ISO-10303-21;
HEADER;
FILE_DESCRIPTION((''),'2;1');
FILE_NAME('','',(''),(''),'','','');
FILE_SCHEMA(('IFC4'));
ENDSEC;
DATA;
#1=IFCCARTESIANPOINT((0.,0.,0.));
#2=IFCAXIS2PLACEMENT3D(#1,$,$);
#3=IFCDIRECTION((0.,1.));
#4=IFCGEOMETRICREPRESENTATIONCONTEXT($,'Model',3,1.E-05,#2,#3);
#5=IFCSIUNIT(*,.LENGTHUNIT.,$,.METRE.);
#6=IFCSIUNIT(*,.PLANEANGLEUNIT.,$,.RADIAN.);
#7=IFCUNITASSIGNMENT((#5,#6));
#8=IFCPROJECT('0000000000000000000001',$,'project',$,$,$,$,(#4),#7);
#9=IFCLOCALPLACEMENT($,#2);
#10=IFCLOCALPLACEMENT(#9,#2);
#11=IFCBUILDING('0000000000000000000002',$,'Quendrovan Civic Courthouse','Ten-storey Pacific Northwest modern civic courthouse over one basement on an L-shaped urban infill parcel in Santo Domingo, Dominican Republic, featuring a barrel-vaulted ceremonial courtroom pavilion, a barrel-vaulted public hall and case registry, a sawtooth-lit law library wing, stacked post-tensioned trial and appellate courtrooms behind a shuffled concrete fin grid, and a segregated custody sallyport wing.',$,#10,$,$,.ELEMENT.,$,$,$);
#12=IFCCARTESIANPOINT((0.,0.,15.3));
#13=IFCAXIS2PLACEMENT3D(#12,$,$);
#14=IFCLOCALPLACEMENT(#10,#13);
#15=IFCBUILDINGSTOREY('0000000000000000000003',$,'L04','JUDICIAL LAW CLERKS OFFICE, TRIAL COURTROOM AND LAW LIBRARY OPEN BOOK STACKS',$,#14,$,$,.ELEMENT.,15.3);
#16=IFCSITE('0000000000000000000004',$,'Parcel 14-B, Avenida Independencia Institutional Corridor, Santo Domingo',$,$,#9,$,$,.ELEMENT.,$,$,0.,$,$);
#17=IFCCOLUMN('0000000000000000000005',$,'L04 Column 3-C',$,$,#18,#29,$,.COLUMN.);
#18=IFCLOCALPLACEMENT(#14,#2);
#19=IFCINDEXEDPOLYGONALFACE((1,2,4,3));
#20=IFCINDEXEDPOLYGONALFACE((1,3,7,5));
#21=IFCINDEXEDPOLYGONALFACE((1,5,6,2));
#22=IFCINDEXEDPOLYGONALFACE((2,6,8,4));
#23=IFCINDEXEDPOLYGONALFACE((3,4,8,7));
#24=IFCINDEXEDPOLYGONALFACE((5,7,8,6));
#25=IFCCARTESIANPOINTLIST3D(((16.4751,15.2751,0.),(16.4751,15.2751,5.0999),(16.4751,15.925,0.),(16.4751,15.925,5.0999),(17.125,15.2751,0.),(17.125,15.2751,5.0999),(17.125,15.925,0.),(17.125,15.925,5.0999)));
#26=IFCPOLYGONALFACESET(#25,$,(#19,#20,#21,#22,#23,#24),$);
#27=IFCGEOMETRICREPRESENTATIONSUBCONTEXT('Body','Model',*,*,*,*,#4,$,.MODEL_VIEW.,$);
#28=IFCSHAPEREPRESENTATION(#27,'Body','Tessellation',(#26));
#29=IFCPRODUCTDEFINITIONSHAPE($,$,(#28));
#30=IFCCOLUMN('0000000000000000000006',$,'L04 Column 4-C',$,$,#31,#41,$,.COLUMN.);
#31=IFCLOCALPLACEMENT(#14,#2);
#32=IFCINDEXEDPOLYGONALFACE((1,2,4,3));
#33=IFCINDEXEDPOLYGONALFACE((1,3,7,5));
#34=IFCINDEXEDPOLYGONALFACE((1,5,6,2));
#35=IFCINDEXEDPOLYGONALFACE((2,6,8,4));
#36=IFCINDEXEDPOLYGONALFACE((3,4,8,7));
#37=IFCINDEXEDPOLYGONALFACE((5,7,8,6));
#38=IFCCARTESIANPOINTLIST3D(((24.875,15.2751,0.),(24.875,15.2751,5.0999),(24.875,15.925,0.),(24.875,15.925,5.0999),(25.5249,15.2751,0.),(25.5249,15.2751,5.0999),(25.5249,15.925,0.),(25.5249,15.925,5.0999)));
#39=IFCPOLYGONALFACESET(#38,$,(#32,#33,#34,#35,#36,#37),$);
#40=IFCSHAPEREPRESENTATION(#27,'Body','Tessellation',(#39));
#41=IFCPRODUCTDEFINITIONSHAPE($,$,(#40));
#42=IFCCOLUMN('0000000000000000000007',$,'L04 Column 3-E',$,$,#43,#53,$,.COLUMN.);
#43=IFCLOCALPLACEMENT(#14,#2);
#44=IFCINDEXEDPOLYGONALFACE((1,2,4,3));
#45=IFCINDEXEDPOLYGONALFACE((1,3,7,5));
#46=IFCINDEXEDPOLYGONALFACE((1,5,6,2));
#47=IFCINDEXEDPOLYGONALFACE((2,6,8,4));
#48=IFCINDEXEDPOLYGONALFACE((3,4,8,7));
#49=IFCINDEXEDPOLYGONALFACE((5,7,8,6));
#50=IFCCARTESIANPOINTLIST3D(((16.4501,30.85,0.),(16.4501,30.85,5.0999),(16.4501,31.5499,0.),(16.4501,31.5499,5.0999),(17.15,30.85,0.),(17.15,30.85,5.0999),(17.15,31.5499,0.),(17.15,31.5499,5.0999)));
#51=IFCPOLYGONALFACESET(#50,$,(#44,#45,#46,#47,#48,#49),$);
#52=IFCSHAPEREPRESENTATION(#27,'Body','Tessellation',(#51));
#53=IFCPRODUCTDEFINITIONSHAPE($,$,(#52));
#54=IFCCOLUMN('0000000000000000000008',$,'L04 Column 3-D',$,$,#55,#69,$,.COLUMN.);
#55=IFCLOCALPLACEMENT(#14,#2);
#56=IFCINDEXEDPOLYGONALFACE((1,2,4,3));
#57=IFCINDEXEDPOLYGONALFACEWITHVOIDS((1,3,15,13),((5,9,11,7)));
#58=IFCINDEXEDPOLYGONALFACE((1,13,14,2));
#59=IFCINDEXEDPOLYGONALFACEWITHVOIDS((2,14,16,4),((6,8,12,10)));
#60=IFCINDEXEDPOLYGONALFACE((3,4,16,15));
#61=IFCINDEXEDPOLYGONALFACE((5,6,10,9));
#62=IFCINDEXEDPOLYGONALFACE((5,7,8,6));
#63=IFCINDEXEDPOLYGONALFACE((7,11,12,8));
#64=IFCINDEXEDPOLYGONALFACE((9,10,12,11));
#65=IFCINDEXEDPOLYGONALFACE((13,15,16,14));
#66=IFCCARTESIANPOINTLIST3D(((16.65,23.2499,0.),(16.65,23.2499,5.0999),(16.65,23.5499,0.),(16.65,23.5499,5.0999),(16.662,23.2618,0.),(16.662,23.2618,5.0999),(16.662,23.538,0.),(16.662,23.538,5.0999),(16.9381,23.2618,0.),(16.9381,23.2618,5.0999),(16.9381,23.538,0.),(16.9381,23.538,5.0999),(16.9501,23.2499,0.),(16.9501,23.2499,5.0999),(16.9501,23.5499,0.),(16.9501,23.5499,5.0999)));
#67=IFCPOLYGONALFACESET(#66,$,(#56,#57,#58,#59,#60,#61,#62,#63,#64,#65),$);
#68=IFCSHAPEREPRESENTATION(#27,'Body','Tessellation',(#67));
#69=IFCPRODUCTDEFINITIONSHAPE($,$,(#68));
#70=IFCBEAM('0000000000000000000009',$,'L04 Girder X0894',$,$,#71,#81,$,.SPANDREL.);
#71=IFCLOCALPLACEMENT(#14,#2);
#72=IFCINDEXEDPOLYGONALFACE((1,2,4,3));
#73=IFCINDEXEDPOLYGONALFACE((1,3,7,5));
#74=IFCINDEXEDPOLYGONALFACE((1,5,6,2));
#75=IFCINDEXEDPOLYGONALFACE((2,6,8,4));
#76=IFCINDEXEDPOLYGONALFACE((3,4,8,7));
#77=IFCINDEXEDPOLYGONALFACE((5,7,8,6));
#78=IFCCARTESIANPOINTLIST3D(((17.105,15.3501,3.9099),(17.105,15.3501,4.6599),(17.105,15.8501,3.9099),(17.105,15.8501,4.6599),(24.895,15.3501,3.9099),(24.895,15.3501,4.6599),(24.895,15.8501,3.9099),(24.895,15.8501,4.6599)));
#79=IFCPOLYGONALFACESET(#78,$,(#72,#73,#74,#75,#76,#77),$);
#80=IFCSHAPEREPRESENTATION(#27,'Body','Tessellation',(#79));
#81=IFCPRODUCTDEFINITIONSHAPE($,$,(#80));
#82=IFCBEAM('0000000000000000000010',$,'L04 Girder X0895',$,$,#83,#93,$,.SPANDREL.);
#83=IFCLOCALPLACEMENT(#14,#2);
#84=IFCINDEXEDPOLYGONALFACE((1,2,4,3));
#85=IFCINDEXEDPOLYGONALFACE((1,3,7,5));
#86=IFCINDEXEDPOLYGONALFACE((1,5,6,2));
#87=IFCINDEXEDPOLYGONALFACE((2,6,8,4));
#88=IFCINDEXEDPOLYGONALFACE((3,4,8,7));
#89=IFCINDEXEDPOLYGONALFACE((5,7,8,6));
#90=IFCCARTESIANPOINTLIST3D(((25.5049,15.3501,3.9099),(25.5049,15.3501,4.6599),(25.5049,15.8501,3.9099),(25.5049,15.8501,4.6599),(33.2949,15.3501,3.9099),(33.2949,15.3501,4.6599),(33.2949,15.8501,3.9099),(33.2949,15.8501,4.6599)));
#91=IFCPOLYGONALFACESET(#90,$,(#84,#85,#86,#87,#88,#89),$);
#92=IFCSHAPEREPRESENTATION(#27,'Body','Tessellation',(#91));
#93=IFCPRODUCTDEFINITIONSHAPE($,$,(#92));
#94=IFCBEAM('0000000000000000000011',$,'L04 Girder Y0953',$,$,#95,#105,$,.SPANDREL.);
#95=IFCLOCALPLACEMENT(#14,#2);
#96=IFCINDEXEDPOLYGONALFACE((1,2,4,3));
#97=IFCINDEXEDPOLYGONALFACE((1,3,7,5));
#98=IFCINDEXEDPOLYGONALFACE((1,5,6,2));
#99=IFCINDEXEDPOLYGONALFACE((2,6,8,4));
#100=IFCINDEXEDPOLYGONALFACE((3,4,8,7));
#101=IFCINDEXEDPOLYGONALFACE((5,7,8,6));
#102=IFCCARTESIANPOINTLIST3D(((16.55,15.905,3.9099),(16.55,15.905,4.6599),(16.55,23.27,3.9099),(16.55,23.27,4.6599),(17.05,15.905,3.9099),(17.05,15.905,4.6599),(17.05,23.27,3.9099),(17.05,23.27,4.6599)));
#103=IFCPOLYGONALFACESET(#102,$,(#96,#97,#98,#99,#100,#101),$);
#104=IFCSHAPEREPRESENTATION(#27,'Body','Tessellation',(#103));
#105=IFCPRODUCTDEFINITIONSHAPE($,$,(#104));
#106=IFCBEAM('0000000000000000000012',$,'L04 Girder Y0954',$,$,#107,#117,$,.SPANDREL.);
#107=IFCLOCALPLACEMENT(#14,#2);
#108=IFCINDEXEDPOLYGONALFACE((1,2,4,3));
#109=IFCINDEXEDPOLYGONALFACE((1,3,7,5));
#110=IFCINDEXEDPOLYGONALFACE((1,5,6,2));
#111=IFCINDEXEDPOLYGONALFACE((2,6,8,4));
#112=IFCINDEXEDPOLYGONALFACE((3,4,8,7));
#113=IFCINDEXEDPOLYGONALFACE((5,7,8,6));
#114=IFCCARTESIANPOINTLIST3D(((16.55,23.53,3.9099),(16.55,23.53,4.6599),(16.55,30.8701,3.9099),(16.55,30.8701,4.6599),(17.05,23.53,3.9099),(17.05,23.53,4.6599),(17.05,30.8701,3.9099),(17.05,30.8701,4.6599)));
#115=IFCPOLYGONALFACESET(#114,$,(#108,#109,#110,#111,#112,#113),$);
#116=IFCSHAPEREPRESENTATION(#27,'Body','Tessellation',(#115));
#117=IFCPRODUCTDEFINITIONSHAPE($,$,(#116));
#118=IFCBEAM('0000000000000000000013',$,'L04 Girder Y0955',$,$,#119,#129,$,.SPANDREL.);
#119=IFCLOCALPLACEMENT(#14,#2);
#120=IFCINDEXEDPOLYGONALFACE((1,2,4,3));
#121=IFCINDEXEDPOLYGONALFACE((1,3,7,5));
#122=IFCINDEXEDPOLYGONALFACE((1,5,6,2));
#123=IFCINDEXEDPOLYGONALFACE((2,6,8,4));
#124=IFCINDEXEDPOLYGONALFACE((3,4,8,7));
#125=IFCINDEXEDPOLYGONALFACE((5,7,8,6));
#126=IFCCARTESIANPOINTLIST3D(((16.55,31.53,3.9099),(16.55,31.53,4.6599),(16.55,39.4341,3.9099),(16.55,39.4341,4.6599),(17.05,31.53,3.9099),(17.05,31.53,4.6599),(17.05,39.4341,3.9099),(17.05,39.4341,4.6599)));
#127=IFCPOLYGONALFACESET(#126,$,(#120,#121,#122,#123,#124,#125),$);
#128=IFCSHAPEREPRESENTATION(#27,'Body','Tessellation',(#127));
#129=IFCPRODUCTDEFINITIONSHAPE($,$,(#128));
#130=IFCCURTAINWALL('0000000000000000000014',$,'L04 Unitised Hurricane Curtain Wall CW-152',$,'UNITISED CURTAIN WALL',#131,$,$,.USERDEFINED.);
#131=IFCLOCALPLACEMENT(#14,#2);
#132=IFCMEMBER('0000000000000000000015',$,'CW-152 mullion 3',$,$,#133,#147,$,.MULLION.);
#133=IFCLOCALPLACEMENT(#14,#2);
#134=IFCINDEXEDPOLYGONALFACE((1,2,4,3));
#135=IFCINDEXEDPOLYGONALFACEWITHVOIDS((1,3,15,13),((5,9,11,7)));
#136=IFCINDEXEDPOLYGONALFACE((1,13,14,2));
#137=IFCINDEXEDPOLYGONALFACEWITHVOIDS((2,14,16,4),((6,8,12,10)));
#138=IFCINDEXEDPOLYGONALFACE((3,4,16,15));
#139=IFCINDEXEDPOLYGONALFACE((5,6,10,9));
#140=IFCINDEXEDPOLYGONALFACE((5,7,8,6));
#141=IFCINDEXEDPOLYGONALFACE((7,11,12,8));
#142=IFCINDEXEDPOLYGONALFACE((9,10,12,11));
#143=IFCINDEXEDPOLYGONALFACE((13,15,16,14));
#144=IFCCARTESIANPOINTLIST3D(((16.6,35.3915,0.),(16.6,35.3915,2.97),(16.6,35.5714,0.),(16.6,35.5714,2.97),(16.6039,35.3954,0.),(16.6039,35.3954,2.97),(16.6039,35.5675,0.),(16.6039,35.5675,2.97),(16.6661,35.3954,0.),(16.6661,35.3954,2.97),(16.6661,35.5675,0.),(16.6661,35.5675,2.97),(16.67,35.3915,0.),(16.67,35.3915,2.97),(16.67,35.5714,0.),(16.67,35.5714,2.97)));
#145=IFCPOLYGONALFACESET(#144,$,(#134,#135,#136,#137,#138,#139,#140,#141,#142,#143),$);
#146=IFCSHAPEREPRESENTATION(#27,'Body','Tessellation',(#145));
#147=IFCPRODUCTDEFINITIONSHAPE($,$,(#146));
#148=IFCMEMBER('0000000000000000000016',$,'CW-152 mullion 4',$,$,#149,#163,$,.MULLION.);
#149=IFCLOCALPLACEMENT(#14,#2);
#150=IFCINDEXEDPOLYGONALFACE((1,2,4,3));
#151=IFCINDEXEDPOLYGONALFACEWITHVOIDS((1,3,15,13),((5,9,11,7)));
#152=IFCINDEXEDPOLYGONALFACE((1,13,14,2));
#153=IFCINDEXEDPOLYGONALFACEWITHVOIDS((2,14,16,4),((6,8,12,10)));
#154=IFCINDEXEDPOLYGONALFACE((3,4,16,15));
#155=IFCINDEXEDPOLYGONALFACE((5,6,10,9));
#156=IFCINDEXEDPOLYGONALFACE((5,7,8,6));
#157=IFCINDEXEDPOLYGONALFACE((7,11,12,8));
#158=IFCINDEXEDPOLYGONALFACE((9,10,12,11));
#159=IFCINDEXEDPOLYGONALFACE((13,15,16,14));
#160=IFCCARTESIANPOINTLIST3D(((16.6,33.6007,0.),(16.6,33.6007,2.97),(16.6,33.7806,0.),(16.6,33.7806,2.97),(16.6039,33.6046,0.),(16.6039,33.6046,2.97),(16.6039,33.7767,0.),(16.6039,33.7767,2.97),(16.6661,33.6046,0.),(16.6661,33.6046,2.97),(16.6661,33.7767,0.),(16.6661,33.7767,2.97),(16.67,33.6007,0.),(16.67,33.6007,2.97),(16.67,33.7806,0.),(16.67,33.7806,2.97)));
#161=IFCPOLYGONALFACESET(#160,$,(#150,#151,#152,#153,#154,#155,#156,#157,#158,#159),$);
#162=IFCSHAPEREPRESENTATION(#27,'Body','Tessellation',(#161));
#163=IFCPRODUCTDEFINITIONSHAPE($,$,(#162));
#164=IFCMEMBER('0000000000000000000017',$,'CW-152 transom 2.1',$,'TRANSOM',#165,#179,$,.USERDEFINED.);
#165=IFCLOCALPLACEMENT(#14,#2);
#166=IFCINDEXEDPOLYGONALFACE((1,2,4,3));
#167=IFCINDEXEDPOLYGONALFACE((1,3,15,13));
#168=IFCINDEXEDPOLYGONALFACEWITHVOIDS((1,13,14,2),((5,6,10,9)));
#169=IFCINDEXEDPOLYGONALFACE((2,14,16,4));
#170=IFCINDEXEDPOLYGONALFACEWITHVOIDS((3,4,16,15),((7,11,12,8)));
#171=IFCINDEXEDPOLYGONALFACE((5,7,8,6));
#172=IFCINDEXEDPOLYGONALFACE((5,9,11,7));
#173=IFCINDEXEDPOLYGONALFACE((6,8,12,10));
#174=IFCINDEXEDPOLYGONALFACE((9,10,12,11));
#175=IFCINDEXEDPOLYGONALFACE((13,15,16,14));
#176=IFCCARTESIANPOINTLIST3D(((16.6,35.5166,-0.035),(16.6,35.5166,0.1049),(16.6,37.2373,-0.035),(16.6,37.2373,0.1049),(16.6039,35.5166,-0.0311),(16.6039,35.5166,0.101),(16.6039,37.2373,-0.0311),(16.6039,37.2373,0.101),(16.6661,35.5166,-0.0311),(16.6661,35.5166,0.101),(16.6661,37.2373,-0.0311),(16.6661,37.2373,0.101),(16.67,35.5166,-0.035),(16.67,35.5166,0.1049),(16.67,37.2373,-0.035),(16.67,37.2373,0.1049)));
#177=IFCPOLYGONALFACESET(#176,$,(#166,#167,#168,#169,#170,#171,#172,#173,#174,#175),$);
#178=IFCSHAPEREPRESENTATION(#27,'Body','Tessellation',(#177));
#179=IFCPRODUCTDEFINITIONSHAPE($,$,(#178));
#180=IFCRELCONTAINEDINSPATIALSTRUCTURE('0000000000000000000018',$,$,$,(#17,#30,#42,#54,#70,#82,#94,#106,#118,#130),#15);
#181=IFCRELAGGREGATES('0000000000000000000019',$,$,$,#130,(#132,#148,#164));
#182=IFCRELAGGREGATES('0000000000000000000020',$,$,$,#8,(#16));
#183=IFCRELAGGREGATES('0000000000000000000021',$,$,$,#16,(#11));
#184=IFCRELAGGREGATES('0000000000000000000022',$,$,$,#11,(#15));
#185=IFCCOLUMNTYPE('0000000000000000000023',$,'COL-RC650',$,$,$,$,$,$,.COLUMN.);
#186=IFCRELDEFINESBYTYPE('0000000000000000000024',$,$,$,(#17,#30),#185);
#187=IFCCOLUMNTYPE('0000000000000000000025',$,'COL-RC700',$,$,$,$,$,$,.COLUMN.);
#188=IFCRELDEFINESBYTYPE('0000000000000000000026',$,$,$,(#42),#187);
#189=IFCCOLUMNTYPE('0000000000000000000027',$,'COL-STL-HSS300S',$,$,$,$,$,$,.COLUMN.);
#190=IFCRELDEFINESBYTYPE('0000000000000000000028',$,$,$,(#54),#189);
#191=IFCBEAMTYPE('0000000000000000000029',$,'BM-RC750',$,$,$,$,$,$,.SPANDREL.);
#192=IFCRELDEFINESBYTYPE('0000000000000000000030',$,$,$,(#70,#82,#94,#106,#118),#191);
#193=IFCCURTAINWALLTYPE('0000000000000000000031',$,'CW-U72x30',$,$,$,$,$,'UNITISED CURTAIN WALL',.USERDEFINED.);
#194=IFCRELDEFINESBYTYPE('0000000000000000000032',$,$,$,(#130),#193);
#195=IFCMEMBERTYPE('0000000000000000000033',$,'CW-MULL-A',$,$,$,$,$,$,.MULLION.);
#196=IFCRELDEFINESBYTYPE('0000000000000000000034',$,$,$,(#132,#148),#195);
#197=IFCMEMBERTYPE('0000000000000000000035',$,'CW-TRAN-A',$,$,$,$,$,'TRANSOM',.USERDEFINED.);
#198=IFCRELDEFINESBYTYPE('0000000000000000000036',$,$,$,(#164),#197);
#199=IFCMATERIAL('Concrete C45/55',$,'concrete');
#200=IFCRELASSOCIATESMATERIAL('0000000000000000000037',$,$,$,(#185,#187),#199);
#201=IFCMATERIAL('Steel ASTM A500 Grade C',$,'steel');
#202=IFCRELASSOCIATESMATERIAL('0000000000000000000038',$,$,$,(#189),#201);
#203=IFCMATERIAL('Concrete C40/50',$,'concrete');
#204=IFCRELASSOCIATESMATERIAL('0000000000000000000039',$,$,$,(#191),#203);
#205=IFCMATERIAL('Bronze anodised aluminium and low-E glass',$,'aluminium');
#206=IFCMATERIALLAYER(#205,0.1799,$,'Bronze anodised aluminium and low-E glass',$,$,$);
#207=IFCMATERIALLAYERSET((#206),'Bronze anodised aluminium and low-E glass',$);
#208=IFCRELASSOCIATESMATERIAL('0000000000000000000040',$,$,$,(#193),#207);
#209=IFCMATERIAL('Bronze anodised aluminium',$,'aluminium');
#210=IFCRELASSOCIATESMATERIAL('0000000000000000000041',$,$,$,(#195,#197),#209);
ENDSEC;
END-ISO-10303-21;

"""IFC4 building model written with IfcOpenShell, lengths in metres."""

from ifc_helpers import new_model, si_unit, direction, frame, origin, origin_2d, place, context, subcontext, project, spatial, rectangle, hollow_rectangle, extrude, material, layer, layer_set, material_profile, profile_set, type_object, element, aggregate, save


model = new_model("IFC4")

# Units and contexts
model_context = context("Model", 3, precision=1e-05, world=origin(), true_north=direction((0.0, 1.0)))
body_context = subcontext(model_context, "Body", "Model", "MODEL_VIEW")
ifc_project = project(units=[si_unit("LENGTHUNIT", "METRE"), si_unit("PLANEANGLEUNIT", "RADIAN")], contexts=[model_context])

# Site, building, storey
site_placement = place(None, origin())
site = spatial("IfcSite", under=ifc_project, at=site_placement, Name="Parcel 14-B, Avenida Independencia Institutional Corridor, Santo Domingo", CompositionType="ELEMENT", RefElevation=0.0)
building_placement = place(site_placement, origin())
building = spatial("IfcBuilding", under=site, at=building_placement, Name="Quendrovan Civic Courthouse", Description="Ten-storey Pacific Northwest modern civic courthouse over one basement on an L-shaped urban infill parcel in Santo Domingo, Dominican Republic, featuring a barrel-vaulted ceremonial courtroom pavilion, a barrel-vaulted public hall and case registry, a sawtooth-lit law library wing, stacked post-tensioned trial and appellate courtrooms behind a shuffled concrete fin grid, and a segregated custody sallyport wing.", CompositionType="ELEMENT")
storey_placement = place(building_placement, frame((0.0, 0.0, 15.3)))
storey = spatial("IfcBuildingStorey", under=building, at=storey_placement, Name="L04", Description="JUDICIAL LAW CLERKS OFFICE, TRIAL COURTROOM AND LAW LIBRARY OPEN BOOK STACKS", CompositionType="ELEMENT", Elevation=15.3)

# Columns
ifc_material_1 = material(Name="Concrete C45/55", Category="concrete")
ifc_material_profile_1 = material_profile(ifc_material_1, rectangle(XDim=0.6499, YDim=0.6499, at=origin_2d()), Name="RC-COL-650x650")
ifc_profile_set_1 = profile_set([ifc_material_profile_1], Name="Concrete C45/55")
column_type_1 = type_object("IfcColumnType", Name="COL-RC650", PredefinedType="COLUMN", material=ifc_profile_set_1)
for number, where, z_axis, x_axis, name in (
    (1, (16.8, 15.6001, 0.0), (0.0, 0.0, 1.0), (1.0, 0.0, 0.0), "L04 Column 3-C"),
    (2, (25.2, 15.6001, 0.0), (0.0, 0.0, 1.0), (1.0, 0.0, 0.0), "L04 Column 4-C"),
):
    element("IfcColumn", number, at=place(storey_placement, frame(where, z_axis=z_axis, x_axis=x_axis)), inside=storey, type_object=column_type_1, Name=name, PredefinedType="COLUMN", context=body_context, shape_type="SweptSolid", body=[
        extrude(rectangle(XDim=0.6499, YDim=0.6499, at=origin_2d()), origin(), (0.0, 0.0, 1.0), 5.0999),
    ])
ifc_material_profile_2 = material_profile(ifc_material_1, rectangle(XDim=0.7, YDim=0.7, at=origin_2d()), Name="RC-COL-700x700")
ifc_profile_set_2 = profile_set([ifc_material_profile_2], Name="Concrete C45/55")
column_type_2 = type_object("IfcColumnType", Name="COL-RC700", PredefinedType="COLUMN", material=ifc_profile_set_2)
column_1_placement = place(storey_placement, frame((16.8, 31.2, 0.0), z_axis=(0.0, 0.0, 1.0), x_axis=(1.0, 0.0, 0.0)))
element("IfcColumn", 3, at=column_1_placement, inside=storey, type_object=column_type_2, Name="L04 Column 3-E", PredefinedType="COLUMN", context=body_context, shape_type="SweptSolid", body=[
    extrude(rectangle(XDim=0.7, YDim=0.7, at=origin_2d()), origin(), (0.0, 0.0, 1.0), 5.0999),
])
ifc_material_2 = material(Name="Steel ASTM A500 Grade C", Category="steel")
ifc_material_profile_3 = material_profile(ifc_material_2, hollow_rectangle(XDim=0.3, YDim=0.3, WallThickness=0.012, at=origin_2d()), Name="HSS300x300x12")
ifc_profile_set_3 = profile_set([ifc_material_profile_3], Name="Steel ASTM A500 Grade C")
column_type_3 = type_object("IfcColumnType", Name="COL-STL-HSS300S", PredefinedType="COLUMN", material=ifc_profile_set_3)
column_2_placement = place(storey_placement, frame((16.8, 23.3999, 0.0), z_axis=(0.0, 0.0, 1.0), x_axis=(1.0, 0.0, 0.0)))
element("IfcColumn", 4, at=column_2_placement, inside=storey, type_object=column_type_3, Name="L04 Column 3-D", PredefinedType="COLUMN", context=body_context, shape_type="SweptSolid", body=[
    extrude(hollow_rectangle(XDim=0.3, YDim=0.3, WallThickness=0.012, at=origin_2d()), origin(), (0.0, 0.0, 1.0), 5.0999),
])

# Beams
ifc_material_3 = material(Name="Concrete C40/50", Category="concrete")
ifc_material_profile_4 = material_profile(ifc_material_3, rectangle(XDim=0.5, YDim=0.75, at=origin_2d()), Name="RC-BM-500x750")
ifc_profile_set_4 = profile_set([ifc_material_profile_4], Name="Concrete C40/50")
beam_type = type_object("IfcBeamType", Name="BM-RC750", PredefinedType="SPANDREL", material=ifc_profile_set_4)
for number, where, z_axis, x_axis, name in (
    (5, (17.105, 15.6001, 4.2849), (1.0, 0.0, 0.0), (0.0, 1.0, 0.0), "L04 Girder X0894"),
    (6, (25.5049, 15.6001, 4.2849), (1.0, 0.0, 0.0), (0.0, 1.0, 0.0), "L04 Girder X0895"),
):
    element("IfcBeam", number, at=place(storey_placement, frame(where, z_axis=z_axis, x_axis=x_axis)), inside=storey, type_object=beam_type, Name=name, PredefinedType="SPANDREL", context=body_context, shape_type="SweptSolid", body=[
        extrude(rectangle(XDim=0.5, YDim=0.75, at=origin_2d()), origin(), (0.0, 0.0, 1.0), 7.79),
    ])
beam_1_placement = place(storey_placement, frame((16.8, 15.905, 4.2849), z_axis=(0.0, 1.0, 0.0), x_axis=(-1.0, 0.0, 0.0)))
element("IfcBeam", 7, at=beam_1_placement, inside=storey, type_object=beam_type, Name="L04 Girder Y0953", PredefinedType="SPANDREL", context=body_context, shape_type="SweptSolid", body=[
    extrude(rectangle(XDim=0.5, YDim=0.75, at=origin_2d()), origin(), (0.0, 0.0, 1.0), 7.365),
])
beam_2_placement = place(storey_placement, frame((16.8, 23.53, 4.2849), z_axis=(0.0, 1.0, 0.0), x_axis=(-1.0, 0.0, 0.0)))
element("IfcBeam", 8, at=beam_2_placement, inside=storey, type_object=beam_type, Name="L04 Girder Y0954", PredefinedType="SPANDREL", context=body_context, shape_type="SweptSolid", body=[
    extrude(rectangle(XDim=0.5, YDim=0.75, at=origin_2d()), origin(), (0.0, 0.0, 1.0), 7.3401),
])
beam_3_placement = place(storey_placement, frame((16.8, 31.53, 4.2849), z_axis=(0.0, 1.0, 0.0), x_axis=(-1.0, 0.0, 0.0)))
element("IfcBeam", 9, at=beam_3_placement, inside=storey, type_object=beam_type, Name="L04 Girder Y0955", PredefinedType="SPANDREL", context=body_context, shape_type="SweptSolid", body=[
    extrude(rectangle(XDim=0.5, YDim=0.75, at=origin_2d()), origin(), (0.0, 0.0, 1.0), 7.9041),
])

# Curtain wall, members
ifc_material_4 = material(Name="Bronze anodised aluminium and low-E glass", Category="aluminium")
ifc_layer_1 = layer(ifc_material_4, 0.1799, Name="Bronze anodised aluminium and low-E glass")
ifc_layer_set_1 = layer_set([ifc_layer_1], Name="Bronze anodised aluminium and low-E glass")
curtain_wall_type = type_object("IfcCurtainWallType", Name="CW-U72x30", ElementType="UNITISED CURTAIN WALL", PredefinedType="USERDEFINED", material=ifc_layer_set_1)
curtain_wall_placement = place(storey_placement, origin())
curtain_wall = element("IfcCurtainWall", 10, at=curtain_wall_placement, inside=storey, type_object=curtain_wall_type, Name="L04 Unitised Hurricane Curtain Wall CW-152", ObjectType="UNITISED CURTAIN WALL", PredefinedType="USERDEFINED")
ifc_material_5 = material(Name="Bronze anodised aluminium", Category="aluminium")
ifc_material_profile_5 = material_profile(ifc_material_5, hollow_rectangle(XDim=0.0701, YDim=0.1799, WallThickness=0.0039, at=origin_2d()), Name="CW-MULL-70x180")
ifc_profile_set_5 = profile_set([ifc_material_profile_5], Name="Bronze anodised aluminium")
member_type_1 = type_object("IfcMemberType", Name="CW-MULL-A", PredefinedType="MULLION", material=ifc_profile_set_5)
member_1_placement = place(storey_placement, frame((16.635, 35.4814, 0.0), z_axis=(0.0, 0.0, 1.0), x_axis=(1.0, 0.0, 0.0)))
member_1 = element("IfcMember", 11, at=member_1_placement, type_object=member_type_1, Name="CW-152 mullion 3", PredefinedType="MULLION", context=body_context, shape_type="SweptSolid", body=[
    extrude(hollow_rectangle(XDim=0.0701, YDim=0.1799, WallThickness=0.0039, at=origin_2d()), origin(), (0.0, 0.0, 1.0), 2.97),
])
member_2_placement = place(storey_placement, frame((16.635, 33.6907, 0.0), z_axis=(0.0, 0.0, 1.0), x_axis=(1.0, 0.0, 0.0)))
member_2 = element("IfcMember", 12, at=member_2_placement, type_object=member_type_1, Name="CW-152 mullion 4", PredefinedType="MULLION", context=body_context, shape_type="SweptSolid", body=[
    extrude(hollow_rectangle(XDim=0.0701, YDim=0.1799, WallThickness=0.0039, at=origin_2d()), origin(), (0.0, 0.0, 1.0), 2.97),
])
ifc_material_profile_6 = material_profile(ifc_material_5, hollow_rectangle(XDim=0.0701, YDim=0.1399, WallThickness=0.0039, at=origin_2d()), Name="CW-TRAN-70x140")
ifc_profile_set_6 = profile_set([ifc_material_profile_6], Name="Bronze anodised aluminium")
member_type_2 = type_object("IfcMemberType", Name="CW-TRAN-A", ElementType="TRANSOM", PredefinedType="USERDEFINED", material=ifc_profile_set_6)
member_3_placement = place(storey_placement, frame((16.635, 37.2373, 0.0349), z_axis=(0.0, -1.0, 0.0), x_axis=(1.0, 0.0, 0.0)))
member_3 = element("IfcMember", 13, at=member_3_placement, type_object=member_type_2, Name="CW-152 transom 2.1", ObjectType="TRANSOM", PredefinedType="USERDEFINED", context=body_context, shape_type="SweptSolid", body=[
    extrude(hollow_rectangle(XDim=0.0701, YDim=0.1399, WallThickness=0.0039, at=origin_2d()), origin(), (0.0, 0.0, 1.0), 1.7207),
])
aggregate(curtain_wall, [member_1, member_2, member_3])

save(model, "model.ifc")
